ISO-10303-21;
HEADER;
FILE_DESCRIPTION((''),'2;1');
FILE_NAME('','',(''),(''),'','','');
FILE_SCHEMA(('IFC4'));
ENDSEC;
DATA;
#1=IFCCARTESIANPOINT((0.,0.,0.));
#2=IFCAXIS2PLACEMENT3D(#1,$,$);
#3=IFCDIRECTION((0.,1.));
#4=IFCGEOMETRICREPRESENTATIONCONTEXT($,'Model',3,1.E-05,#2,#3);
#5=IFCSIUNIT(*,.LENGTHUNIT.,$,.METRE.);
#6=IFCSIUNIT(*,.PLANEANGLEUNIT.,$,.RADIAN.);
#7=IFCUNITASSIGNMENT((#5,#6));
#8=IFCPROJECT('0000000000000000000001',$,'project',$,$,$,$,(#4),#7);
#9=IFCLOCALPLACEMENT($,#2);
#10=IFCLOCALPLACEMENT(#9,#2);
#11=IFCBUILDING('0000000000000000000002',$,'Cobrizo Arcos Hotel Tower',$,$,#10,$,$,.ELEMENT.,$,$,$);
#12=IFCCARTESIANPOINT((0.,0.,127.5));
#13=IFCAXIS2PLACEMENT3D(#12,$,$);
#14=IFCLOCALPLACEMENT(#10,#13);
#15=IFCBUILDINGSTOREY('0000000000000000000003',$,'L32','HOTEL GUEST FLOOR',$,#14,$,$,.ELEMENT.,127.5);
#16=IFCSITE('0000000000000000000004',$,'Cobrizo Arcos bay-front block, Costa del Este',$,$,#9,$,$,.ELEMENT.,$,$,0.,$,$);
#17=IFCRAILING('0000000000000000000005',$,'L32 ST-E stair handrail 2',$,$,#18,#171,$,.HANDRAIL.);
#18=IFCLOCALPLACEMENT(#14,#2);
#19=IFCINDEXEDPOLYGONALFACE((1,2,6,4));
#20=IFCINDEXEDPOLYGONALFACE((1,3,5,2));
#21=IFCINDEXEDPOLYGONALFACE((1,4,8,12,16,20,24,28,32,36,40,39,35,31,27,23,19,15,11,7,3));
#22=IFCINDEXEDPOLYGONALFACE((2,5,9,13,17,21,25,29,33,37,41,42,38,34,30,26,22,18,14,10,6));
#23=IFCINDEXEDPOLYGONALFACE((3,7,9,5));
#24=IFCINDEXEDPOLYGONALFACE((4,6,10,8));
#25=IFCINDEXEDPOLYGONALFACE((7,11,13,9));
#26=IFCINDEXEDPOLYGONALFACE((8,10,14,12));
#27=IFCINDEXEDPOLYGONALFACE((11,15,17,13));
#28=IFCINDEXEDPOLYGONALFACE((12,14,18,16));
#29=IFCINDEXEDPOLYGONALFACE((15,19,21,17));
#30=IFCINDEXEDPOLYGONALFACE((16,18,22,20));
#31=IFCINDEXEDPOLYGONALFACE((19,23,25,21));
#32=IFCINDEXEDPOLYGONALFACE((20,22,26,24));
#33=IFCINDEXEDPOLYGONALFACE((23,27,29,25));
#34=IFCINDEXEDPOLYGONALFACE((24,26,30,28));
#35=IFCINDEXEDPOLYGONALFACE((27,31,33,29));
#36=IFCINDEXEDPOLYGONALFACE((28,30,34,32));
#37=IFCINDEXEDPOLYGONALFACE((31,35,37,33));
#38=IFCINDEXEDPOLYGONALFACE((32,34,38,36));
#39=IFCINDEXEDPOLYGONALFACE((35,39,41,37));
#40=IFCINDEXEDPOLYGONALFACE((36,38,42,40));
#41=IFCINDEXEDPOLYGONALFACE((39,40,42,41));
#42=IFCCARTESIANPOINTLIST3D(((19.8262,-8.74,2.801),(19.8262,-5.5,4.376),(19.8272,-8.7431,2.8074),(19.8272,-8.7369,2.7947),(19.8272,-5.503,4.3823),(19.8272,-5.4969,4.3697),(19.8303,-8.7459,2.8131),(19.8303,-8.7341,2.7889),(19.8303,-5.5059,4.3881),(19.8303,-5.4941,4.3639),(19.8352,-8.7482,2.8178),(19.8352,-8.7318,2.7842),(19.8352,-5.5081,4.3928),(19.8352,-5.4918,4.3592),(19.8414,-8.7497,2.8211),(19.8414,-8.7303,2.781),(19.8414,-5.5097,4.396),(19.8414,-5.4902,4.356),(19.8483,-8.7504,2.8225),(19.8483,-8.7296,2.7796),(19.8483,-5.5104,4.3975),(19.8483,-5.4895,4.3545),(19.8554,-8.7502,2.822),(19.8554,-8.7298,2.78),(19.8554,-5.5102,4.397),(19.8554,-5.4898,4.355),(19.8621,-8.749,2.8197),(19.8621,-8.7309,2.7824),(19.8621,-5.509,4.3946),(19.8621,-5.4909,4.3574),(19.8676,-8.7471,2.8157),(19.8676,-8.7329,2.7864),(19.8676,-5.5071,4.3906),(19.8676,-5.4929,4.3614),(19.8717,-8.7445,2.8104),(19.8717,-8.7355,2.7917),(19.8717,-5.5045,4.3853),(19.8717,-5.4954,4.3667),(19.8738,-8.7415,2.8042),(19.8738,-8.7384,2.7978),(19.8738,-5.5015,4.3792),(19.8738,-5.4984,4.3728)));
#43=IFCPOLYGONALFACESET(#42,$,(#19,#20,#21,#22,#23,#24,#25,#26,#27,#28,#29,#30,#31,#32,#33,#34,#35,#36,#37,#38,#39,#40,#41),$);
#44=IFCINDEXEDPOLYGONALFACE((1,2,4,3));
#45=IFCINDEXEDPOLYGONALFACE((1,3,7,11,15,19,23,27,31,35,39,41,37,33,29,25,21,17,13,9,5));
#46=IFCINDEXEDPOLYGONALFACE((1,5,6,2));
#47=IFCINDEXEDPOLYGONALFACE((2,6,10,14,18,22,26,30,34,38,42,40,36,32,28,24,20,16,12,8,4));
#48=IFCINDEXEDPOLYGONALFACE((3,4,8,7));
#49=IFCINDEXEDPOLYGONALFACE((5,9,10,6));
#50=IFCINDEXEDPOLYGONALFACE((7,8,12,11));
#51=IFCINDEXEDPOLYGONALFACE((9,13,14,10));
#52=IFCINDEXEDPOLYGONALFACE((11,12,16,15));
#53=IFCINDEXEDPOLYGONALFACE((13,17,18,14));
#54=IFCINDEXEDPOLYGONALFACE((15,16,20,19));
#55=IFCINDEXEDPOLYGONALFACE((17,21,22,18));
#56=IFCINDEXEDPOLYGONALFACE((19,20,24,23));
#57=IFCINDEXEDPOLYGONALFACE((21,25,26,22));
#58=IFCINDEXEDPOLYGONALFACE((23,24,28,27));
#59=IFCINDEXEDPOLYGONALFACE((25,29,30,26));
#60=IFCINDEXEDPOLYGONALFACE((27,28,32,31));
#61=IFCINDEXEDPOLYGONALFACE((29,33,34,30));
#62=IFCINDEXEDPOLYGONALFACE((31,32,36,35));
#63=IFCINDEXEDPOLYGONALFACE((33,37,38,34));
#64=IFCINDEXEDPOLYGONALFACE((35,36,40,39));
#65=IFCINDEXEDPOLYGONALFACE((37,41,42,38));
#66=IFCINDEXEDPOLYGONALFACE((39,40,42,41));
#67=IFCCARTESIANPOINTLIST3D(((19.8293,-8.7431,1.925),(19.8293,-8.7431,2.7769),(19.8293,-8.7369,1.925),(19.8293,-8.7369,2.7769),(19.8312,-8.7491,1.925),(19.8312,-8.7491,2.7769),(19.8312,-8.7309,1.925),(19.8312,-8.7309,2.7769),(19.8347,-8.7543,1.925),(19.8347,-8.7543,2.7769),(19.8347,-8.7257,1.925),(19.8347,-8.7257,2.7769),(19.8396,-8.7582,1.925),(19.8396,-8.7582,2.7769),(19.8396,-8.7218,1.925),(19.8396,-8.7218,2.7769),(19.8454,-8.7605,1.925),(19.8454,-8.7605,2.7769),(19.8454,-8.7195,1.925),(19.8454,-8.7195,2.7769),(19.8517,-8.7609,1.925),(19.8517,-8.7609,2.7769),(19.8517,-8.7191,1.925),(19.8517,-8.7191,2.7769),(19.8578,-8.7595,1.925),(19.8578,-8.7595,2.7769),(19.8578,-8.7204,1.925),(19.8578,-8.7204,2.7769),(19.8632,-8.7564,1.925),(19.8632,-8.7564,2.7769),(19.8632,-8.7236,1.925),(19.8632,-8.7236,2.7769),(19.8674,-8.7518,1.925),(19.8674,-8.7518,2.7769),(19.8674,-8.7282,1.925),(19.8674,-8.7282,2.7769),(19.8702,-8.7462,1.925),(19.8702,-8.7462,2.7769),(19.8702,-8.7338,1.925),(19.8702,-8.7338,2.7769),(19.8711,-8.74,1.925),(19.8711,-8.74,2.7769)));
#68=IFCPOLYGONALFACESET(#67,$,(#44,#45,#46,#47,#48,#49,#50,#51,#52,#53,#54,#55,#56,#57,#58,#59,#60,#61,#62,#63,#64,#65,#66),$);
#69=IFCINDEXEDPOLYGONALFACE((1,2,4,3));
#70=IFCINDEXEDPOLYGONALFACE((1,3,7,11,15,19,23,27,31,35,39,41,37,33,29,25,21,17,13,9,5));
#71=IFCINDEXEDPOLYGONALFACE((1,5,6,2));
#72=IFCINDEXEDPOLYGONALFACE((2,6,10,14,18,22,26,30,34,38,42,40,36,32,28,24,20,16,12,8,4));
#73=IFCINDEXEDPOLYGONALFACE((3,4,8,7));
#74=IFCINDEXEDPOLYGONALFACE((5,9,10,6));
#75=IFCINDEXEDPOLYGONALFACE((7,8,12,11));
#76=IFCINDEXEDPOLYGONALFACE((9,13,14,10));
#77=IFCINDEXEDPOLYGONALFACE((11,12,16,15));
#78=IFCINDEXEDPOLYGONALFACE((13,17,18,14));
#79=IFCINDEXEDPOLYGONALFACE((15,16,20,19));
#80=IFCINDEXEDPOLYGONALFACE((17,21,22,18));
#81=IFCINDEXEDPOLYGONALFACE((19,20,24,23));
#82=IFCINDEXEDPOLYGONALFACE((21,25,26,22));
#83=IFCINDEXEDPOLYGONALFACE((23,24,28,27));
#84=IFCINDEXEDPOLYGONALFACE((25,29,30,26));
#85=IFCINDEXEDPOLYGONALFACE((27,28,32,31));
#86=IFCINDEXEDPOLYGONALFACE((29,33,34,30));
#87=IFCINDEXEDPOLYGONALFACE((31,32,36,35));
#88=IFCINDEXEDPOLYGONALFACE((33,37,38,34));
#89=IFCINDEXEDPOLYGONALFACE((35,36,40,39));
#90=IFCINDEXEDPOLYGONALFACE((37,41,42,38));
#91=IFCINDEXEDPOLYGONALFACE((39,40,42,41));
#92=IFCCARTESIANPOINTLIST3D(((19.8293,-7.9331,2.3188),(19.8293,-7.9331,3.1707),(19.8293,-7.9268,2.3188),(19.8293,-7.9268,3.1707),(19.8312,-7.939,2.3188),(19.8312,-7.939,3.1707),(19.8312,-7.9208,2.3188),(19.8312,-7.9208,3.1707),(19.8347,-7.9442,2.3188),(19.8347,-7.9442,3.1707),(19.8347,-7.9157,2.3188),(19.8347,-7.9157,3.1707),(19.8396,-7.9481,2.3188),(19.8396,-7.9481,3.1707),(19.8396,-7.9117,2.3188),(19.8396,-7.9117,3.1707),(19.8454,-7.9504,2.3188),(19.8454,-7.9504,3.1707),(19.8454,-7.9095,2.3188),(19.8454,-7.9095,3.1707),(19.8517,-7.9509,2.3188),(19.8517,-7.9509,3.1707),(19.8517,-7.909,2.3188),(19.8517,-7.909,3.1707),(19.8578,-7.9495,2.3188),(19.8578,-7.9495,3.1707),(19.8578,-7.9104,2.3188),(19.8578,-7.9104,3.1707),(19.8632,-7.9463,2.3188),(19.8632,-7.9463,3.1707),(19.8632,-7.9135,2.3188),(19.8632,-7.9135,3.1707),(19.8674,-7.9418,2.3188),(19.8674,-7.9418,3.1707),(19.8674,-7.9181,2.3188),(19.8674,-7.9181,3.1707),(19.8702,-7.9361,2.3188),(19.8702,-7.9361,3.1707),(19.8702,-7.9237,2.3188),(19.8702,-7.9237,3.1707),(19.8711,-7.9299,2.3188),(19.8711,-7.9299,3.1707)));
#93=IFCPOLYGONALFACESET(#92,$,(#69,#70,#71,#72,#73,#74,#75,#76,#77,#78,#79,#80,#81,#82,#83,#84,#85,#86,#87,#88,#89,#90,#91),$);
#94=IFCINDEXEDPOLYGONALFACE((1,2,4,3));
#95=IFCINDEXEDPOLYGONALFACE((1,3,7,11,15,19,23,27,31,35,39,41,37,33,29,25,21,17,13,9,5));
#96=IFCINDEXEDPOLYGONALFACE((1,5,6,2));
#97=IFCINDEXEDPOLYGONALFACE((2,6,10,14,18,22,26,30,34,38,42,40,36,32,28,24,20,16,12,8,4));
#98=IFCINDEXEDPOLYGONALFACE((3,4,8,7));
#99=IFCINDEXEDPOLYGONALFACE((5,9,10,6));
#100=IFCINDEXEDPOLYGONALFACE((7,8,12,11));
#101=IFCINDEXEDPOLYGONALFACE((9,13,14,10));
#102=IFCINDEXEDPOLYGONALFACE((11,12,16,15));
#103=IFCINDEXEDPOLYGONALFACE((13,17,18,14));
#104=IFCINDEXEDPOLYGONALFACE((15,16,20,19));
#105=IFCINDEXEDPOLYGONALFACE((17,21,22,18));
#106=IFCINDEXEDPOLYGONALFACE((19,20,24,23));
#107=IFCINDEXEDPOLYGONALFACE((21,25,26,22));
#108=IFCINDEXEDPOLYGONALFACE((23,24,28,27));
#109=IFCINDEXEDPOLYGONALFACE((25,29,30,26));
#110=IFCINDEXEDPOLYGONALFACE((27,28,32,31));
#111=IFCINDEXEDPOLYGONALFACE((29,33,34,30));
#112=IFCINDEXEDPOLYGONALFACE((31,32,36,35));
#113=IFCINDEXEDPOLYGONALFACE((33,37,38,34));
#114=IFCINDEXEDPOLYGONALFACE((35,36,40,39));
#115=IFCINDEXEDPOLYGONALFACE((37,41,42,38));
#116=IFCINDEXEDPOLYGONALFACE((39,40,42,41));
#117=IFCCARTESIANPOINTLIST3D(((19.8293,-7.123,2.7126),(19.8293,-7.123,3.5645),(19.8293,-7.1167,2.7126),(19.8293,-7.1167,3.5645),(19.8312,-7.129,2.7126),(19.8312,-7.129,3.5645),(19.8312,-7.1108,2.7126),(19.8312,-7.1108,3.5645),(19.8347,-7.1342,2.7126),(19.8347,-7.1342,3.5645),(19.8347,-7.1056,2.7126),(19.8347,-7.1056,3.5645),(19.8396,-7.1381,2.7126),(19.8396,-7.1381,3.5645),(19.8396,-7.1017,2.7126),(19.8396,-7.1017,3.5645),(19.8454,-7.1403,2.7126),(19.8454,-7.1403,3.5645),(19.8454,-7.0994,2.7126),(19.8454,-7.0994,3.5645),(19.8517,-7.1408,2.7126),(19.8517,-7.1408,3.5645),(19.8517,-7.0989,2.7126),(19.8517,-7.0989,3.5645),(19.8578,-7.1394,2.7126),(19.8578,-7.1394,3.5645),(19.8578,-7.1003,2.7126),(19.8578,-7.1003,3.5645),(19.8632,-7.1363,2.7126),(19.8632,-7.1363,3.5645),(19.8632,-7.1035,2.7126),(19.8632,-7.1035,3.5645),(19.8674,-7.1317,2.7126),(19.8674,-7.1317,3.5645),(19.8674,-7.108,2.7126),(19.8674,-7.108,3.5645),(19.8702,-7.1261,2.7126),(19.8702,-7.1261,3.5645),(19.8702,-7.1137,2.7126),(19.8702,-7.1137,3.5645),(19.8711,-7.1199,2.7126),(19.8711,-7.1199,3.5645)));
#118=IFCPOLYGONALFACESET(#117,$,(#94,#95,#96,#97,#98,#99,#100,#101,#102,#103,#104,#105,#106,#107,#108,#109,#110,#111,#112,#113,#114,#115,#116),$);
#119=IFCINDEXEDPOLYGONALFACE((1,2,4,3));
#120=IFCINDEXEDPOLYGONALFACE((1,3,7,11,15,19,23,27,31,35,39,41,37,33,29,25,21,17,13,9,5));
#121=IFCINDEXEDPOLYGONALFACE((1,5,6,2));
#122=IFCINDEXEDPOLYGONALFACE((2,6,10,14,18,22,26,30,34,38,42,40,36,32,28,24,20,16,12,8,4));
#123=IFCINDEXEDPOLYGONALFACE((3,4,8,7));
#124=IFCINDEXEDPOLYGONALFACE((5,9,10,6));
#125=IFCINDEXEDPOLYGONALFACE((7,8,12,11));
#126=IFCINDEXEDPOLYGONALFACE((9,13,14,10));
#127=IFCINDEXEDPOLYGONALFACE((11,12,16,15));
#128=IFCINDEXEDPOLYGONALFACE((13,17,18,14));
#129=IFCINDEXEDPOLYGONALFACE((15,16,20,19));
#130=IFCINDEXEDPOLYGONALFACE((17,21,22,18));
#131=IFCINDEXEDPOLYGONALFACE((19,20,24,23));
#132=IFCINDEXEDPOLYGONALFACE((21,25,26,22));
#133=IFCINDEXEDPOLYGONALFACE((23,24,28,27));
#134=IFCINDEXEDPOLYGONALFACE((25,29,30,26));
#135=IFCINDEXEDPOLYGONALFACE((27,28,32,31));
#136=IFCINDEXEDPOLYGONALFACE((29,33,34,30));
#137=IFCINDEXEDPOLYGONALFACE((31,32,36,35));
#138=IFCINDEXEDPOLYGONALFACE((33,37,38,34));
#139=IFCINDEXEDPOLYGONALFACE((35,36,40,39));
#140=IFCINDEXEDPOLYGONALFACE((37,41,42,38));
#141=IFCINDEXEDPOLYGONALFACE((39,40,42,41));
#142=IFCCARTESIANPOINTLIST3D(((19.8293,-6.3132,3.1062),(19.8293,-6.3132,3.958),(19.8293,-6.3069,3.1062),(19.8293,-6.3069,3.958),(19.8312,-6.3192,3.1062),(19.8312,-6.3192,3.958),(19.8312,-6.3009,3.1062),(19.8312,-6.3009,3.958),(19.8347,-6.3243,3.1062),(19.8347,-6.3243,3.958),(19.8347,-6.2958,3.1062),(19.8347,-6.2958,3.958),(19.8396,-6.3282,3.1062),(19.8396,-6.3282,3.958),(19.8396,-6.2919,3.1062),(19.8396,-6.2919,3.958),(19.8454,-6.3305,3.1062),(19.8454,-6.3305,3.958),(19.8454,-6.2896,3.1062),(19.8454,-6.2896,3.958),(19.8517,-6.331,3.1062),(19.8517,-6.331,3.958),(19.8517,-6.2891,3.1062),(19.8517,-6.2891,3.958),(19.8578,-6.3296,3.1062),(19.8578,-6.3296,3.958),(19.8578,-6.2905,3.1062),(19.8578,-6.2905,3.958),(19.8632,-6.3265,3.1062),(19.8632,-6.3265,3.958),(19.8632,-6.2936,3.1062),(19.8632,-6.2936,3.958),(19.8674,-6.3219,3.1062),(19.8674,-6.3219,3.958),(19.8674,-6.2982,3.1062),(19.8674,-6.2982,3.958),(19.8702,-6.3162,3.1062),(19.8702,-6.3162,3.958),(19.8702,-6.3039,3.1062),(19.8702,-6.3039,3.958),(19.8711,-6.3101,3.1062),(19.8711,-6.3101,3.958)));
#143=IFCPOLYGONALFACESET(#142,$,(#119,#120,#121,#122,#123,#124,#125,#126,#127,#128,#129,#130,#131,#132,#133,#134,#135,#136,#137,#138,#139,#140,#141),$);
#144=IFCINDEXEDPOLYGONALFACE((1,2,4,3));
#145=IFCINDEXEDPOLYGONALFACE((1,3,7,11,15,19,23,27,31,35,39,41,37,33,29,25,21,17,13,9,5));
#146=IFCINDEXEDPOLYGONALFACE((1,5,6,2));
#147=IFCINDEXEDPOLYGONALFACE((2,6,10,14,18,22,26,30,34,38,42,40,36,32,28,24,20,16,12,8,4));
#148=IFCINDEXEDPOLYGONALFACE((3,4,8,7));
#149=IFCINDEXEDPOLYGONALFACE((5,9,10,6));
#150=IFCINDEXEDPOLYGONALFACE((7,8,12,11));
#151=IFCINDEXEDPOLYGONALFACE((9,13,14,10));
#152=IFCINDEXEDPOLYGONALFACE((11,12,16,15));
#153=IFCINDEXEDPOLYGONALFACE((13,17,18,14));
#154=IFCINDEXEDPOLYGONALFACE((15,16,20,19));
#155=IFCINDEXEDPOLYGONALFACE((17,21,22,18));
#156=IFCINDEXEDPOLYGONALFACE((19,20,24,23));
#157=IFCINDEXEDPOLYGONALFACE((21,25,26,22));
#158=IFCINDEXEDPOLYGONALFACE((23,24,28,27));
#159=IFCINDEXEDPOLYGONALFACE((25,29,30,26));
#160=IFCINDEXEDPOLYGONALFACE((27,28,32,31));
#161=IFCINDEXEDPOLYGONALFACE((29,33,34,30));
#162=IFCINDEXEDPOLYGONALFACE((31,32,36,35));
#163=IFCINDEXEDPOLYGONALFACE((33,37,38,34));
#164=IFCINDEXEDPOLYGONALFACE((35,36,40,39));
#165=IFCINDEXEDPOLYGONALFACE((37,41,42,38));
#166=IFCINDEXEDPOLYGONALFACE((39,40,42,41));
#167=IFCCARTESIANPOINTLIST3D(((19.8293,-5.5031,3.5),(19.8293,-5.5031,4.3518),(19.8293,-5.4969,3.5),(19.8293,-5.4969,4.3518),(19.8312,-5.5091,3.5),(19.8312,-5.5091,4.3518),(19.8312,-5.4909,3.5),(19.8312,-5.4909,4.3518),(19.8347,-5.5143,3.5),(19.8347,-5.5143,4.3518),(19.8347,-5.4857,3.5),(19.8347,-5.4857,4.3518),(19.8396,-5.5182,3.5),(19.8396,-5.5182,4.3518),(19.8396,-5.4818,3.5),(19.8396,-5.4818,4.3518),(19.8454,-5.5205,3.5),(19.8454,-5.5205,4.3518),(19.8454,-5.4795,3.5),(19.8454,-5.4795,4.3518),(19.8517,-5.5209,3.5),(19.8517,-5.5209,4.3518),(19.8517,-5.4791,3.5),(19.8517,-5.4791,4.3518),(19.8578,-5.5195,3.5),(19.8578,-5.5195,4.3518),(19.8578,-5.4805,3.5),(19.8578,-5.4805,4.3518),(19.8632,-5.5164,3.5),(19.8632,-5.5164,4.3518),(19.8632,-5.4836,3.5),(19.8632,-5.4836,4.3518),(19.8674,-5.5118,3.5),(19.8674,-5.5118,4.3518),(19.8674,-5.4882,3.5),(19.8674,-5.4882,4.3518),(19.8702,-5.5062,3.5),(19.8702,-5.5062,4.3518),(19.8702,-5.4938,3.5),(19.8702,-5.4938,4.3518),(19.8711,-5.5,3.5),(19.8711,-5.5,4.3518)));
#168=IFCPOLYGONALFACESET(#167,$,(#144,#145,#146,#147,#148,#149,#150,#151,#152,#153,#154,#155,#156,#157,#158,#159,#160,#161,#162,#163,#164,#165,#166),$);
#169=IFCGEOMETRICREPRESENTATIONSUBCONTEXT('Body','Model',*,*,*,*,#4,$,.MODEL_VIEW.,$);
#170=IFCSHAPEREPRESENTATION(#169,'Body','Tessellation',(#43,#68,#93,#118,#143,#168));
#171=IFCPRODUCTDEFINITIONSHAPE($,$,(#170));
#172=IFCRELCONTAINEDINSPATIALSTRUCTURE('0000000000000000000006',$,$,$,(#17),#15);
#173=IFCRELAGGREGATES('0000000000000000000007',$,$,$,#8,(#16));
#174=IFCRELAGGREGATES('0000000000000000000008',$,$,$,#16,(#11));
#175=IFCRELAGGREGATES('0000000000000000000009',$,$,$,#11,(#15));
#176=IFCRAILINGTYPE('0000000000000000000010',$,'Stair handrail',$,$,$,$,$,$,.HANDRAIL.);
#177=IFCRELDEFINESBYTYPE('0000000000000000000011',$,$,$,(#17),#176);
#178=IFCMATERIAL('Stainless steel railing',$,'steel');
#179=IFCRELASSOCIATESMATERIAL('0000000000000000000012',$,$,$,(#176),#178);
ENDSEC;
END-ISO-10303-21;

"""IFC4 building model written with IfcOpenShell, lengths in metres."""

from ifc_helpers import new_model, si_unit, direction, frame, origin, origin_2d, place, context, subcontext, project, spatial, circle, extrude, material, type_object, element, save


model = new_model("IFC4")

# Units and contexts
model_context = context("Model", 3, precision=1e-05, world=origin(), true_north=direction((0.0, 1.0)))
body_context = subcontext(model_context, "Body", "Model", "MODEL_VIEW")
ifc_project = project(units=[si_unit("LENGTHUNIT", "METRE"), si_unit("PLANEANGLEUNIT", "RADIAN")], contexts=[model_context])

# Site, building, storey
site_placement = place(None, origin())
site = spatial("IfcSite", under=ifc_project, at=site_placement, Name="Cobrizo Arcos bay-front block, Costa del Este", CompositionType="ELEMENT", RefElevation=0.0)
building_placement = place(site_placement, origin())
building = spatial("IfcBuilding", under=site, at=building_placement, Name="Cobrizo Arcos Hotel Tower", CompositionType="ELEMENT")
storey_placement = place(building_placement, frame((0.0, 0.0, 127.5)))
storey = spatial("IfcBuildingStorey", under=building, at=storey_placement, Name="L32", Description="HOTEL GUEST FLOOR", CompositionType="ELEMENT", Elevation=127.5)

# Railing
ifc_material_1 = material(Name="Stainless steel railing", Category="steel")
railing_type_1 = type_object("IfcRailingType", Name="Stair handrail", PredefinedType="HANDRAIL", material=ifc_material_1)
railing_1_placement = place(storey_placement, frame((19.8501, -8.74, 1.925)))
element("IfcRailing", 1, at=railing_1_placement, inside=storey, type_object=railing_type_1, Name="L32 ST-E stair handrail 2", PredefinedType="HANDRAIL", context=body_context, shape_type="SweptSolid", body=[
    extrude(circle(Radius=0.0239, at=origin_2d()), frame((0.0, 0.0, 0.876), z_axis=(0.0, 0.899373, 0.437183), x_axis=(-1.0, 0.0, 0.0)), (0.0, 0.0, 1.0), 3.6025),
    extrude(circle(Radius=0.021, at=origin_2d()), origin(), (0.0, 0.0, 1.0), 0.8518),
    extrude(circle(Radius=0.021, at=origin_2d()), frame((0.0, 0.8101, 0.3938)), (0.0, 0.0, 1.0), 0.8518),
    extrude(circle(Radius=0.021, at=origin_2d()), frame((0.0, 1.6201, 0.7876)), (0.0, 0.0, 1.0), 0.8518),
    extrude(circle(Radius=0.021, at=origin_2d()), frame((0.0, 2.4299, 1.1812)), (0.0, 0.0, 1.0), 0.8518),
    extrude(circle(Radius=0.021, at=origin_2d()), frame((0.0, 3.24, 1.575)), (0.0, 0.0, 1.0), 0.8518),
])

save(model, "model.ifc")
